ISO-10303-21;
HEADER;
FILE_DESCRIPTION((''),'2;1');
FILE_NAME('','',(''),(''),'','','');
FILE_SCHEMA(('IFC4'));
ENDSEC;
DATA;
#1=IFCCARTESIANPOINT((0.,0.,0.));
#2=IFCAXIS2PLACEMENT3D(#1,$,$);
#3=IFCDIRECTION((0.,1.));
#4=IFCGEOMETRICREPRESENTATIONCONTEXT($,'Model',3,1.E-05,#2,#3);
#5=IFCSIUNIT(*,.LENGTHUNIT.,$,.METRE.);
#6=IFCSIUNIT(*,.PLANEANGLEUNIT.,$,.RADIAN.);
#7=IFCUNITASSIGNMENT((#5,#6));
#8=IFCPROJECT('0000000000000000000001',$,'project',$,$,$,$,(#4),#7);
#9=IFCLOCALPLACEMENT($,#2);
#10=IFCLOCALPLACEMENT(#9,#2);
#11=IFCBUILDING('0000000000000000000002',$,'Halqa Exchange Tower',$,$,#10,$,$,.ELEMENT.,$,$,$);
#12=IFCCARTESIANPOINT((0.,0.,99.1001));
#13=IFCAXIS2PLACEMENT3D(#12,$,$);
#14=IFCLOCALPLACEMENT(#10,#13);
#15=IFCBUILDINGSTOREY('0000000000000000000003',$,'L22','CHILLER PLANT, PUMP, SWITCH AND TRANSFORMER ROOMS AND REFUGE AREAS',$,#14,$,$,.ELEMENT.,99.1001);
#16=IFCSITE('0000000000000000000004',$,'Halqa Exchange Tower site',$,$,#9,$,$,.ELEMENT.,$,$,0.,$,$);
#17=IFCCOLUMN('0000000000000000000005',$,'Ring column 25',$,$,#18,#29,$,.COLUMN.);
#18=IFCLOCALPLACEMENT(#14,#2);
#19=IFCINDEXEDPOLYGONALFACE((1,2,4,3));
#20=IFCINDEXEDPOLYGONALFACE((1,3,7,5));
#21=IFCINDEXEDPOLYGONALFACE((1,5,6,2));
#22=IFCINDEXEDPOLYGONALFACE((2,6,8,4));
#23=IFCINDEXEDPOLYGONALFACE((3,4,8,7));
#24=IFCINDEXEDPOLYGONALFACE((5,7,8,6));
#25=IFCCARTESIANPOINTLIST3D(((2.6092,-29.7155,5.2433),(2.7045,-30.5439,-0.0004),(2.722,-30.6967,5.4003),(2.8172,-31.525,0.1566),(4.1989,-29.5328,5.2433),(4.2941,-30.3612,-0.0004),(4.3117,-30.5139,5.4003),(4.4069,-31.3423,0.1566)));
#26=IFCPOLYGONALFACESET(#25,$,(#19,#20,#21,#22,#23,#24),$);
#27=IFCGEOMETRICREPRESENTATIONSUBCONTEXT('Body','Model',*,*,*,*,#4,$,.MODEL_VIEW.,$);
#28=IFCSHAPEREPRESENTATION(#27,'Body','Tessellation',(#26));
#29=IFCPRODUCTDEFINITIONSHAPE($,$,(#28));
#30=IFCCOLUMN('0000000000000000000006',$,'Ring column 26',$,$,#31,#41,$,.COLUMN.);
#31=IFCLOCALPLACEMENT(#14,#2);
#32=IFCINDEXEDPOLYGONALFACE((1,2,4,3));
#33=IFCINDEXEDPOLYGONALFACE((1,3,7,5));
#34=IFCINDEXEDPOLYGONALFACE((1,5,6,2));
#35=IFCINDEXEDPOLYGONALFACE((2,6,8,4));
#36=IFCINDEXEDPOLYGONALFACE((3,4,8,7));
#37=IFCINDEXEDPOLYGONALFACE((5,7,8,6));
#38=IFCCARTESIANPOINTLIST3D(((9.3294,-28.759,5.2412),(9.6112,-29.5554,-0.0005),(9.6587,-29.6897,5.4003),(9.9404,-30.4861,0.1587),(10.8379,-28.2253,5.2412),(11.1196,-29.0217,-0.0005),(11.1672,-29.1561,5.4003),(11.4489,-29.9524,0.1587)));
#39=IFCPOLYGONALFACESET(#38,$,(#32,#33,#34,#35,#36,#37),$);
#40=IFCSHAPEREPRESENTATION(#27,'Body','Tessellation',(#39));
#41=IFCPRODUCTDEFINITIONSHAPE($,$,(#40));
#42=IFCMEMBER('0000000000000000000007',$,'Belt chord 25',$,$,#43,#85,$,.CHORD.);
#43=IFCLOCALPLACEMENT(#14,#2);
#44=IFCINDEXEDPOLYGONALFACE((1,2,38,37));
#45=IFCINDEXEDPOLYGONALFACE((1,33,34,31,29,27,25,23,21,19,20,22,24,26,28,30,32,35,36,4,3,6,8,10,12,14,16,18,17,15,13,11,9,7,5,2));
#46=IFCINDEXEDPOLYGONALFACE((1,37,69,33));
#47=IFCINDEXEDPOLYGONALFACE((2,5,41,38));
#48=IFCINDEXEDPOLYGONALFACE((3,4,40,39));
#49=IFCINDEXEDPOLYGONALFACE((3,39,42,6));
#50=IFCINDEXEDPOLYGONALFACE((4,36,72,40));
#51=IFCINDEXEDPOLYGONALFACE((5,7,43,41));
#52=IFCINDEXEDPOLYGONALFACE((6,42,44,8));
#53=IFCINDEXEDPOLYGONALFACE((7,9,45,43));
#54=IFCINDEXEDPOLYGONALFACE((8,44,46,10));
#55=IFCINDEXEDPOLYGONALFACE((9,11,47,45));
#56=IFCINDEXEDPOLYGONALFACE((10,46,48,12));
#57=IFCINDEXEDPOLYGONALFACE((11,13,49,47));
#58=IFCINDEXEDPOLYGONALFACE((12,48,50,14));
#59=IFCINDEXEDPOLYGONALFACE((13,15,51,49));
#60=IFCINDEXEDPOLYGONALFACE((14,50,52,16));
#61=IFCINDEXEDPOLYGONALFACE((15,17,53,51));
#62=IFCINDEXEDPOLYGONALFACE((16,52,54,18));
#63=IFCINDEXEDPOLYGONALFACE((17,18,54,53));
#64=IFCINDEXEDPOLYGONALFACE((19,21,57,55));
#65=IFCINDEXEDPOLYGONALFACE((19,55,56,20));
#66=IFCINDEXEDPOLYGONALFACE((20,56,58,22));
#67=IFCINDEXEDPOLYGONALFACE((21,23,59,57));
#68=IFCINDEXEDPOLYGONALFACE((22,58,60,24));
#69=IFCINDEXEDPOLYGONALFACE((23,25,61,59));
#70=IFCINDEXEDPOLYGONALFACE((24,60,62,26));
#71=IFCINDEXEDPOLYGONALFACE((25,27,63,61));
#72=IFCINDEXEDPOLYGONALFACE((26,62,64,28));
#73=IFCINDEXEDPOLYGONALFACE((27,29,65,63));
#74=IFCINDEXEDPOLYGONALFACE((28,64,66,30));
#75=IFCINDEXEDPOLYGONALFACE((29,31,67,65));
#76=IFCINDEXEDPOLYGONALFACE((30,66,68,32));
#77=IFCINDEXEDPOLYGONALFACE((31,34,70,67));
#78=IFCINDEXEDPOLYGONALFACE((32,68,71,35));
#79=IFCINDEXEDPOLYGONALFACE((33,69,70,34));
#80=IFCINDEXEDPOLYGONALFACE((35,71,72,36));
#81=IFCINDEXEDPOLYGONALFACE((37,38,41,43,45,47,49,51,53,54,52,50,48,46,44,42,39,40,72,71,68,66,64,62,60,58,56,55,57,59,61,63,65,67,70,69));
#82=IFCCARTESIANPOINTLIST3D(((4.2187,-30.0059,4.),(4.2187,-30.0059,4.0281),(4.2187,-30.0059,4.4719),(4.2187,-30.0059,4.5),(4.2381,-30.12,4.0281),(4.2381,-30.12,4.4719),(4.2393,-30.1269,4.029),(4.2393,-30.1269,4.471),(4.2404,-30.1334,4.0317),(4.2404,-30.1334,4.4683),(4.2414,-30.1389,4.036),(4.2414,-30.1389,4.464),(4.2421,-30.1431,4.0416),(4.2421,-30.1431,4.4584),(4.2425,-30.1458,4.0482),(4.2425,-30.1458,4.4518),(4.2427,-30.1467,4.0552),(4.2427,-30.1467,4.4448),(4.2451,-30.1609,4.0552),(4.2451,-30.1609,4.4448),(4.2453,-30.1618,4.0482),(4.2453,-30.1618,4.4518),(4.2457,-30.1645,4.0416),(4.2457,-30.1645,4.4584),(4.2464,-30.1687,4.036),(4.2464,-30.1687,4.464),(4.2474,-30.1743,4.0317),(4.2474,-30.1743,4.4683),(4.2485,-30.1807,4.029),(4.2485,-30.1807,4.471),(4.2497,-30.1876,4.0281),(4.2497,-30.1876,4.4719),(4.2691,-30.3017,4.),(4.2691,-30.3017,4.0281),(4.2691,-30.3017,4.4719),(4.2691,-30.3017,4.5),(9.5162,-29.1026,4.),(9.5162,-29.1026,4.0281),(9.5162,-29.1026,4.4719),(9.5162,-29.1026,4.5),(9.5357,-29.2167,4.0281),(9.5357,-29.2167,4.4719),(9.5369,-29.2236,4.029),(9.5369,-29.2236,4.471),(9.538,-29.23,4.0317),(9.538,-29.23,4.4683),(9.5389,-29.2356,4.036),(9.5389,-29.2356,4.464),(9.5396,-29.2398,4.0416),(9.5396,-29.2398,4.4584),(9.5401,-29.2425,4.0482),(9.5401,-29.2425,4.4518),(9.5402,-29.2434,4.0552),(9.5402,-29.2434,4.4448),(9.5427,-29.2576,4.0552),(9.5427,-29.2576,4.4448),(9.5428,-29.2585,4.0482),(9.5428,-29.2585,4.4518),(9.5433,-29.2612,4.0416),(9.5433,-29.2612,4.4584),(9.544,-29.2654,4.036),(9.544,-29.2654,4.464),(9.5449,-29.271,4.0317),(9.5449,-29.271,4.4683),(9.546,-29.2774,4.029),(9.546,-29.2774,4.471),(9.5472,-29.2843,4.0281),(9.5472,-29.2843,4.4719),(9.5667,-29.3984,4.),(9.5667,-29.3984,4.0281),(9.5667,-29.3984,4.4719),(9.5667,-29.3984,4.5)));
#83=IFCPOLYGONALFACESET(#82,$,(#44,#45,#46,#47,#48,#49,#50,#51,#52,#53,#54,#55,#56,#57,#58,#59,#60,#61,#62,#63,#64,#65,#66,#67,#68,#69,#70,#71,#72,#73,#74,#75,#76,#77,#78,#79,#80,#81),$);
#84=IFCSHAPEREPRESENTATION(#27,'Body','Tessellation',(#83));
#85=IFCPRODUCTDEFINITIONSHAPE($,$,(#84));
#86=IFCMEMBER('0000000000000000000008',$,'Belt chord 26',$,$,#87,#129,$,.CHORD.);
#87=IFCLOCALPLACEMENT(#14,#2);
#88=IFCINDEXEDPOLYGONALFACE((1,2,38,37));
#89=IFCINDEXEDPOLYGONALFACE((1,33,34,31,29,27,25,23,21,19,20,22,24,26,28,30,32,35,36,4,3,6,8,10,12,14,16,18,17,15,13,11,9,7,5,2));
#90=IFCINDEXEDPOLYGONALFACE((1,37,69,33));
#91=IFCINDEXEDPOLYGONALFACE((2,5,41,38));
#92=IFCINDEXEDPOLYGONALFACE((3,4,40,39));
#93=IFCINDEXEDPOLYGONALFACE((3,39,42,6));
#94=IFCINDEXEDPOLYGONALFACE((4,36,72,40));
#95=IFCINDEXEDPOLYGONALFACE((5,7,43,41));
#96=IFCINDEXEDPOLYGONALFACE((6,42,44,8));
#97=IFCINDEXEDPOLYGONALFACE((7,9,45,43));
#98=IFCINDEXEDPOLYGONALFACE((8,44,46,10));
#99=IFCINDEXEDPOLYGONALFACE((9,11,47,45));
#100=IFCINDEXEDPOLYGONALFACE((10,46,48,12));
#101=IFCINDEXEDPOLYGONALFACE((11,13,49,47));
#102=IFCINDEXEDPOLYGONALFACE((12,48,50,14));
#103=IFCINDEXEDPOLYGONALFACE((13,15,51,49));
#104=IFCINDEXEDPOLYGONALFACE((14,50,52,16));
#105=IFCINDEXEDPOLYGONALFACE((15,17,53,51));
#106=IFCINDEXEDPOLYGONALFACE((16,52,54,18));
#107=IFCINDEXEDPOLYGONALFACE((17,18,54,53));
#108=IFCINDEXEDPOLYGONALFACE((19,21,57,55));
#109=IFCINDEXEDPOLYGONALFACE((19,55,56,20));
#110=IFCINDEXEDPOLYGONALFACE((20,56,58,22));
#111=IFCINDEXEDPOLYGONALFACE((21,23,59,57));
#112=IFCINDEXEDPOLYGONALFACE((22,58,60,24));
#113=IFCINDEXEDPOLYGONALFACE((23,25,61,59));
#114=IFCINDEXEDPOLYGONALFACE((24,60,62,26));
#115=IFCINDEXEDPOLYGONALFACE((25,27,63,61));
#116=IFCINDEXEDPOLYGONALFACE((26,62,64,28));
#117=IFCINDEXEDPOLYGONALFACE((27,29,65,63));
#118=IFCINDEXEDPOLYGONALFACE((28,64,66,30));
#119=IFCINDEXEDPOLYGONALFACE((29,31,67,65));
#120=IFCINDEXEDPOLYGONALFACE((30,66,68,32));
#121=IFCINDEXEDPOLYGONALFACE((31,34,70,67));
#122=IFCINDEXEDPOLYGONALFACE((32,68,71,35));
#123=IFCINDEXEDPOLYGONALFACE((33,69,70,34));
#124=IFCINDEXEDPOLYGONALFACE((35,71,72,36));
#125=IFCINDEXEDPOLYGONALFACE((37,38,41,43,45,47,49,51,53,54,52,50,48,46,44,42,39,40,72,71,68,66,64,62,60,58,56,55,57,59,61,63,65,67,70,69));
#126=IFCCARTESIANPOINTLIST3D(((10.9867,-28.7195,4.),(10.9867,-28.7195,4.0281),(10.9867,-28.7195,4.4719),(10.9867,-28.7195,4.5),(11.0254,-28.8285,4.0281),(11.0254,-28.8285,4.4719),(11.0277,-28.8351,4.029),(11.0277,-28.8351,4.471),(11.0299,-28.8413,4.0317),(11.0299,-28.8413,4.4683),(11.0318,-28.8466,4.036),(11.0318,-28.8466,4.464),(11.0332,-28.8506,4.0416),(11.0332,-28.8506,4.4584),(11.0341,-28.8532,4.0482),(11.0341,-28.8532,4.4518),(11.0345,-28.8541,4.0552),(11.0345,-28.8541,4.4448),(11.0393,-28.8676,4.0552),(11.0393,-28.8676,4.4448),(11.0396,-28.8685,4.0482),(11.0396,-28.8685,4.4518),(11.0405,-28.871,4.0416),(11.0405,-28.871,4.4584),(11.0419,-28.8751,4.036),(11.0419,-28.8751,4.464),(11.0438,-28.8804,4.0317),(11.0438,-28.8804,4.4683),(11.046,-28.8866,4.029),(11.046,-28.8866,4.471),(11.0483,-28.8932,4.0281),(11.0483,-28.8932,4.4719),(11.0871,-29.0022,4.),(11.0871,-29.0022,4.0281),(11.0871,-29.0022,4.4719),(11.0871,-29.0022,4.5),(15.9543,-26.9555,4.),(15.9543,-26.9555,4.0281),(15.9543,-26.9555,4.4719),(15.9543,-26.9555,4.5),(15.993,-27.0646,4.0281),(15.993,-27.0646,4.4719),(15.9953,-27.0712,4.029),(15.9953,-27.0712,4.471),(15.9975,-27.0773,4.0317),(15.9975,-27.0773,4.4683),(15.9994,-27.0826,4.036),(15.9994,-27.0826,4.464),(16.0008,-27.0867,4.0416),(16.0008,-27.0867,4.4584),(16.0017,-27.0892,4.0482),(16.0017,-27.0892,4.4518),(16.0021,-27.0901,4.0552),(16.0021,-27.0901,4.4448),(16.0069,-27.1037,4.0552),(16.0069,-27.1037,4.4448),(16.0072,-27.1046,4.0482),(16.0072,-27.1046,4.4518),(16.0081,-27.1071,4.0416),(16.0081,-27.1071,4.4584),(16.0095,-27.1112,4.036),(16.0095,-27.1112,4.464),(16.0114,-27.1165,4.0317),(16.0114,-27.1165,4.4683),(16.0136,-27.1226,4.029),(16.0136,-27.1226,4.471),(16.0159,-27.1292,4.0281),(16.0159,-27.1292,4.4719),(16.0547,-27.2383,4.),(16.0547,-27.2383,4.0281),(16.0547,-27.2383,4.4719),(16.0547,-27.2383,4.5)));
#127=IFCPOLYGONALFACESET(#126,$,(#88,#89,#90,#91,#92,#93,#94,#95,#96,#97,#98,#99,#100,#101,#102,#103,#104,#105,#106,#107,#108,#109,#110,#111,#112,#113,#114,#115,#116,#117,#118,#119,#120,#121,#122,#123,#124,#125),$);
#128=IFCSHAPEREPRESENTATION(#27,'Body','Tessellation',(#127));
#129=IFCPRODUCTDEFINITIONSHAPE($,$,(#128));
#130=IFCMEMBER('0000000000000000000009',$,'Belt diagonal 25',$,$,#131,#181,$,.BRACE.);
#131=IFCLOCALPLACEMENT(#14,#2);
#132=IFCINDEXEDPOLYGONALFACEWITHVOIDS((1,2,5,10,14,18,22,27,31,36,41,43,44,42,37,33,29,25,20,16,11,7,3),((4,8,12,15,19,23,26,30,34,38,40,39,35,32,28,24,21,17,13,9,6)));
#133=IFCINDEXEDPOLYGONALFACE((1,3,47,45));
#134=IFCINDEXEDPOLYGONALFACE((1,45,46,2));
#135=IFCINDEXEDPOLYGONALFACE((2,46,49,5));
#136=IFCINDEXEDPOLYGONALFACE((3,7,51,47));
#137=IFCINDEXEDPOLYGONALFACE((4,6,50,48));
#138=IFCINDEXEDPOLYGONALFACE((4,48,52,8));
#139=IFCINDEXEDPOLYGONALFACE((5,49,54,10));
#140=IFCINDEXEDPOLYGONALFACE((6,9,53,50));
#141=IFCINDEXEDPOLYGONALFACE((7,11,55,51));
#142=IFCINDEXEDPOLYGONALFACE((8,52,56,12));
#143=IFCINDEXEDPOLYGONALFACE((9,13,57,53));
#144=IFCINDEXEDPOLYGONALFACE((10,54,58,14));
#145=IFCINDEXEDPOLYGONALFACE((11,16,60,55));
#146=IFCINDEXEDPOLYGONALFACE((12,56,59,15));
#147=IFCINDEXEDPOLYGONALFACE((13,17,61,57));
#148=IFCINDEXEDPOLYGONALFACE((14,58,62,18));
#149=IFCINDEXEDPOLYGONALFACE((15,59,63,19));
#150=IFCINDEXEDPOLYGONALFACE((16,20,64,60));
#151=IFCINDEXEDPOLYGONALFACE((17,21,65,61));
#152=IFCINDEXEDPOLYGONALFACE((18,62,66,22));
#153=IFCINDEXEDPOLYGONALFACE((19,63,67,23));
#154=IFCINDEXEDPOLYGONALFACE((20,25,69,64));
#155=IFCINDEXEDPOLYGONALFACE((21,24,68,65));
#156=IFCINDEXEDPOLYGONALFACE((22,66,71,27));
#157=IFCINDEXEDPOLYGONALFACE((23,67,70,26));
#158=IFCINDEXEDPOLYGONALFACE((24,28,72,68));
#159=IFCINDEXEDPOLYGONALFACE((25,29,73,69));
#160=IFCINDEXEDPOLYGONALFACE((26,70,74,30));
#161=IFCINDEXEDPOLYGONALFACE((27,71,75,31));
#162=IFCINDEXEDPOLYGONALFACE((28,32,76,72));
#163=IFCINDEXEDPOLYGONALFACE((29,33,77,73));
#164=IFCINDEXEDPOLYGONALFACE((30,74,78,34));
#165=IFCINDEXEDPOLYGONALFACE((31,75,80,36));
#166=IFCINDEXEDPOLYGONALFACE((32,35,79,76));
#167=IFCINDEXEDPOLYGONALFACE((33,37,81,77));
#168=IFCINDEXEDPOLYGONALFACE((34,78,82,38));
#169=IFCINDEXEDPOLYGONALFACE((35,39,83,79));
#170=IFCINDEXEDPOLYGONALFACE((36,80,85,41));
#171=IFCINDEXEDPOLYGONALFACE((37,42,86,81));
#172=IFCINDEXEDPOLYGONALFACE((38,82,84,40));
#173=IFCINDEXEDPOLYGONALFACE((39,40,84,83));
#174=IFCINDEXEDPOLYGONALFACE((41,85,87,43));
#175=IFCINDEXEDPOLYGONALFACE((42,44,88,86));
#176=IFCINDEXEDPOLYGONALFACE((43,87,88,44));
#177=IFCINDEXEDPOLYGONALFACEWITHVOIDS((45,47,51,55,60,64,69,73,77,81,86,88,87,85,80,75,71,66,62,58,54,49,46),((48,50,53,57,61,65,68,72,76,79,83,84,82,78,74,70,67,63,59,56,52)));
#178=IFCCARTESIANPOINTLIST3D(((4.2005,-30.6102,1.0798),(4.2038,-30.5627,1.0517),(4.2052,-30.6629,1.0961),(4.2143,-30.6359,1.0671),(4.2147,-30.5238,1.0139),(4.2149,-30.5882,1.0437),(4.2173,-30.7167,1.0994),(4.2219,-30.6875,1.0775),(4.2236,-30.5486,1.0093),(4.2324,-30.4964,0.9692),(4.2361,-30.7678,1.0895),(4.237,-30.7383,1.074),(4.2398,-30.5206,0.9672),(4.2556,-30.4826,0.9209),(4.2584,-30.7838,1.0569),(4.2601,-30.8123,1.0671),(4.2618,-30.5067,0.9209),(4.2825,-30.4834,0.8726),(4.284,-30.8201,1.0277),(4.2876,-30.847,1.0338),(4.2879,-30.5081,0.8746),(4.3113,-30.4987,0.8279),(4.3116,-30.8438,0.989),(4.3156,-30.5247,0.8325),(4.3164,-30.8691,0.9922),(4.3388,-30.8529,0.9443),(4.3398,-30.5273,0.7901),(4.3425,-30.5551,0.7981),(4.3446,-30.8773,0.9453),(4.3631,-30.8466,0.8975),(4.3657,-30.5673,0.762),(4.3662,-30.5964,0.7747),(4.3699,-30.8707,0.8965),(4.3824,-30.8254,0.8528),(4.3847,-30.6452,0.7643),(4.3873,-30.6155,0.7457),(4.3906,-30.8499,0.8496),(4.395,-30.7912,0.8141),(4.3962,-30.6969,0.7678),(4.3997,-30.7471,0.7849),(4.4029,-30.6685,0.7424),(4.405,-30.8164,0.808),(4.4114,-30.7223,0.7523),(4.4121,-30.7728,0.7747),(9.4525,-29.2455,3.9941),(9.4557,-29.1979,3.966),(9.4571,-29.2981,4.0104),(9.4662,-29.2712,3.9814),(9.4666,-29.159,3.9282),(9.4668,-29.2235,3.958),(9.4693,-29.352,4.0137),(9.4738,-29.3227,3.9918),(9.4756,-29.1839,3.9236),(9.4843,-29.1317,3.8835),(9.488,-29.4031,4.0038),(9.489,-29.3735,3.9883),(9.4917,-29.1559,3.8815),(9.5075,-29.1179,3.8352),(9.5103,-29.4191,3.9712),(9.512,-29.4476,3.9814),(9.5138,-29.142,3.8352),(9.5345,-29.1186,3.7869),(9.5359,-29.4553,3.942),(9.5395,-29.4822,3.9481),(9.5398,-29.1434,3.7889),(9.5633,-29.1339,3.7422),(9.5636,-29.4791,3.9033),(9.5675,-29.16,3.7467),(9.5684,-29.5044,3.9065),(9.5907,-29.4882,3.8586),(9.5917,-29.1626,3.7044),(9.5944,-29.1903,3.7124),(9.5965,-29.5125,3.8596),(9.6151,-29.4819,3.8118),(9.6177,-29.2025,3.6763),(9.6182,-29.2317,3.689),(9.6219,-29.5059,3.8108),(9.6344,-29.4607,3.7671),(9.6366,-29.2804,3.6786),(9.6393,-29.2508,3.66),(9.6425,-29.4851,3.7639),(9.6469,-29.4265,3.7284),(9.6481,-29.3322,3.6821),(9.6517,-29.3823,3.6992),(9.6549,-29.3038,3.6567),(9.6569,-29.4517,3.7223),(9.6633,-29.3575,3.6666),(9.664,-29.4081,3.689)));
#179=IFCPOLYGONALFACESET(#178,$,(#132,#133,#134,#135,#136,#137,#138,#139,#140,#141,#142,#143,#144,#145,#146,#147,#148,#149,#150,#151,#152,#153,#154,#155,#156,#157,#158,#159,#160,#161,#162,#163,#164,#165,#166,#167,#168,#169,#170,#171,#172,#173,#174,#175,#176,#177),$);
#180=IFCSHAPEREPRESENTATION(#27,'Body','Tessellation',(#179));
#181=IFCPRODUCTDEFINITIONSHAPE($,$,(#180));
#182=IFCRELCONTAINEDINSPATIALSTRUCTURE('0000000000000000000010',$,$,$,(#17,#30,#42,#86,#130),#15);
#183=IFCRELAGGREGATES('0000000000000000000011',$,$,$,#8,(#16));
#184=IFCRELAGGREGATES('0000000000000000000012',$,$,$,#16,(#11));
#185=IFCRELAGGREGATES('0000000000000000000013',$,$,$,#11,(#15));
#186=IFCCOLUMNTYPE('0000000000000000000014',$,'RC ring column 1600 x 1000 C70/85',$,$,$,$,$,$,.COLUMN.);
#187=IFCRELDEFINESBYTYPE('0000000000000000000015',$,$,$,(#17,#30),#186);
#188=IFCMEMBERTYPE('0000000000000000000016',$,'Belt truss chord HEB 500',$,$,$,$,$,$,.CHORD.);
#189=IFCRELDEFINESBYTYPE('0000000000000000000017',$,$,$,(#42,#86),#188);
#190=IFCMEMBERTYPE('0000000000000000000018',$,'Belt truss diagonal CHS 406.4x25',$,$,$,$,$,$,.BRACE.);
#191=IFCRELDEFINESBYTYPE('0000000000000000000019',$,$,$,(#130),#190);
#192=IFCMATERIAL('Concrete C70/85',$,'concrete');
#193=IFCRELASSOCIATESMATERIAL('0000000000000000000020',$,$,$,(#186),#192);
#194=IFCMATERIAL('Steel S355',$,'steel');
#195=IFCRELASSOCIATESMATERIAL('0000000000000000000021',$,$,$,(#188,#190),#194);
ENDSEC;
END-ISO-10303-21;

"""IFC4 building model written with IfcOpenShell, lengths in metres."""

from ifc_helpers import new_model, si_unit, direction, frame, origin, origin_2d, place, context, subcontext, project, spatial, rectangle, hollow_circle, i_section, extrude, material, material_profile, profile_set, type_object, element, save


model = new_model("IFC4")

# Units and contexts
model_context = context("Model", 3, precision=1e-05, world=origin(), true_north=direction((0.0, 1.0)))
body_context = subcontext(model_context, "Body", "Model", "MODEL_VIEW")
ifc_project = project(units=[si_unit("LENGTHUNIT", "METRE"), si_unit("PLANEANGLEUNIT", "RADIAN")], contexts=[model_context])

# Site, building, storey
site_placement = place(None, origin())
site = spatial("IfcSite", under=ifc_project, at=site_placement, Name="Halqa Exchange Tower site", CompositionType="ELEMENT", RefElevation=0.0)
building_placement = place(site_placement, origin())
building = spatial("IfcBuilding", under=site, at=building_placement, Name="Halqa Exchange Tower", CompositionType="ELEMENT")
storey_placement = place(building_placement, frame((0.0, 0.0, 99.1001)))
storey = spatial("IfcBuildingStorey", under=building, at=storey_placement, Name="L22", Description="CHILLER PLANT, PUMP, SWITCH AND TRANSFORMER ROOMS AND REFUGE AREAS", CompositionType="ELEMENT", Elevation=99.1001)

# Columns
ifc_material_1 = material(Name="Concrete C70/85", Category="concrete")
ifc_material_profile_1 = material_profile(ifc_material_1, rectangle(XDim=1.6001, YDim=1.0, at=origin_2d()), Name="1600 x 1000")
ifc_profile_set_1 = profile_set([ifc_material_profile_1], Name="Concrete C70/85")
column_type = type_object("IfcColumnType", Name="RC ring column 1600 x 1000 C70/85", PredefinedType="COLUMN", material=ifc_profile_set_1)
column_1_placement = place(storey_placement, frame((3.5557, -30.9431, 0.0781), z_axis=(-0.017933, 0.156015, 0.987592), x_axis=(-0.993459, -0.114191, 0.0)))
element("IfcColumn", 1, at=column_1_placement, inside=storey, type_object=column_type, Name="Ring column 25", PredefinedType="COLUMN", context=body_context, shape_type="SweptSolid", body=[
    extrude(rectangle(XDim=1.6001, YDim=1.0, at=origin_2d()), origin(), (0.0, 0.0, 1.0), 5.3096),
])
column_2_placement = place(storey_placement, frame((10.53, -29.7539, 0.0791), z_axis=(-0.053065, 0.149998, 0.987261), x_axis=(-0.942745, -0.333515, 0.0)))
element("IfcColumn", 2, at=column_2_placement, inside=storey, type_object=column_type, Name="Ring column 26", PredefinedType="COLUMN", context=body_context, shape_type="SweptSolid", body=[
    extrude(rectangle(XDim=1.6001, YDim=1.0, at=origin_2d()), origin(), (0.0, 0.0, 1.0), 5.3093),
])

# Members
ifc_material_2 = material(Name="Steel S355", Category="steel")
ifc_material_profile_2 = material_profile(ifc_material_2, i_section(OverallWidth=0.3, OverallDepth=0.5, WebThickness=0.0144, FlangeThickness=0.0281, FilletRadius=0.0271, at=origin_2d()), Name="HEB 500")
ifc_profile_set_2 = profile_set([ifc_material_profile_2], Name="Steel S355")
member_type_1 = type_object("IfcMemberType", Name="Belt truss chord HEB 500", PredefinedType="CHORD", material=ifc_profile_set_2)
member_1_placement = place(storey_placement, frame((4.2439, -30.1538, 4.25), z_axis=(0.985772, 0.168089, 0.0), x_axis=(-0.168089, 0.985772, 0.0)))
element("IfcMember", 3, at=member_1_placement, inside=storey, type_object=member_type_1, Name="Belt chord 25", PredefinedType="CHORD", context=body_context, shape_type="SweptSolid", body=[
    extrude(i_section(OverallWidth=0.3, OverallDepth=0.5, WebThickness=0.0144, FlangeThickness=0.0281, FilletRadius=0.0271, at=origin_2d()), origin(), (0.0, 0.0, 1.0), 5.374),
])
member_2_placement = place(storey_placement, frame((11.0369, -28.8608, 4.25), z_axis=(0.942353, 0.334619, 0.0), x_axis=(-0.334619, 0.942353, 0.0)))
element("IfcMember", 4, at=member_2_placement, inside=storey, type_object=member_type_1, Name="Belt chord 26", PredefinedType="CHORD", context=body_context, shape_type="SweptSolid", body=[
    extrude(i_section(OverallWidth=0.3, OverallDepth=0.5, WebThickness=0.0144, FlangeThickness=0.0281, FilletRadius=0.0271, at=origin_2d()), origin(), (0.0, 0.0, 1.0), 5.2715),
])
ifc_material_profile_3 = material_profile(ifc_material_2, hollow_circle(Radius=0.2031, WallThickness=0.0249, at=origin_2d()), Name="CHS 406.4x25")
ifc_profile_set_3 = profile_set([ifc_material_profile_3], Name="Steel S355")
member_type_2 = type_object("IfcMemberType", Name="Belt truss diagonal CHS 406.4x25", PredefinedType="BRACE", material=ifc_profile_set_3)
for number, where, z_axis, x_axis, name in (
    (5, (4.3066, -30.6792, 0.9209), (0.852667, 0.22157, 0.473145), (-0.251502, 0.967857, 0.0), "Belt diagonal 25"),
):
    element("IfcMember", number, at=place(storey_placement, frame(where, z_axis=z_axis, x_axis=x_axis)), inside=storey, type_object=member_type_2, Name=name, PredefinedType="BRACE", context=body_context, shape_type="SweptSolid", body=[
        extrude(hollow_circle(Radius=0.2031, WallThickness=0.0249, at=origin_2d()), origin(), (0.0, 0.0, 1.0), 6.1594),
    ])

save(model, "model.ifc")
